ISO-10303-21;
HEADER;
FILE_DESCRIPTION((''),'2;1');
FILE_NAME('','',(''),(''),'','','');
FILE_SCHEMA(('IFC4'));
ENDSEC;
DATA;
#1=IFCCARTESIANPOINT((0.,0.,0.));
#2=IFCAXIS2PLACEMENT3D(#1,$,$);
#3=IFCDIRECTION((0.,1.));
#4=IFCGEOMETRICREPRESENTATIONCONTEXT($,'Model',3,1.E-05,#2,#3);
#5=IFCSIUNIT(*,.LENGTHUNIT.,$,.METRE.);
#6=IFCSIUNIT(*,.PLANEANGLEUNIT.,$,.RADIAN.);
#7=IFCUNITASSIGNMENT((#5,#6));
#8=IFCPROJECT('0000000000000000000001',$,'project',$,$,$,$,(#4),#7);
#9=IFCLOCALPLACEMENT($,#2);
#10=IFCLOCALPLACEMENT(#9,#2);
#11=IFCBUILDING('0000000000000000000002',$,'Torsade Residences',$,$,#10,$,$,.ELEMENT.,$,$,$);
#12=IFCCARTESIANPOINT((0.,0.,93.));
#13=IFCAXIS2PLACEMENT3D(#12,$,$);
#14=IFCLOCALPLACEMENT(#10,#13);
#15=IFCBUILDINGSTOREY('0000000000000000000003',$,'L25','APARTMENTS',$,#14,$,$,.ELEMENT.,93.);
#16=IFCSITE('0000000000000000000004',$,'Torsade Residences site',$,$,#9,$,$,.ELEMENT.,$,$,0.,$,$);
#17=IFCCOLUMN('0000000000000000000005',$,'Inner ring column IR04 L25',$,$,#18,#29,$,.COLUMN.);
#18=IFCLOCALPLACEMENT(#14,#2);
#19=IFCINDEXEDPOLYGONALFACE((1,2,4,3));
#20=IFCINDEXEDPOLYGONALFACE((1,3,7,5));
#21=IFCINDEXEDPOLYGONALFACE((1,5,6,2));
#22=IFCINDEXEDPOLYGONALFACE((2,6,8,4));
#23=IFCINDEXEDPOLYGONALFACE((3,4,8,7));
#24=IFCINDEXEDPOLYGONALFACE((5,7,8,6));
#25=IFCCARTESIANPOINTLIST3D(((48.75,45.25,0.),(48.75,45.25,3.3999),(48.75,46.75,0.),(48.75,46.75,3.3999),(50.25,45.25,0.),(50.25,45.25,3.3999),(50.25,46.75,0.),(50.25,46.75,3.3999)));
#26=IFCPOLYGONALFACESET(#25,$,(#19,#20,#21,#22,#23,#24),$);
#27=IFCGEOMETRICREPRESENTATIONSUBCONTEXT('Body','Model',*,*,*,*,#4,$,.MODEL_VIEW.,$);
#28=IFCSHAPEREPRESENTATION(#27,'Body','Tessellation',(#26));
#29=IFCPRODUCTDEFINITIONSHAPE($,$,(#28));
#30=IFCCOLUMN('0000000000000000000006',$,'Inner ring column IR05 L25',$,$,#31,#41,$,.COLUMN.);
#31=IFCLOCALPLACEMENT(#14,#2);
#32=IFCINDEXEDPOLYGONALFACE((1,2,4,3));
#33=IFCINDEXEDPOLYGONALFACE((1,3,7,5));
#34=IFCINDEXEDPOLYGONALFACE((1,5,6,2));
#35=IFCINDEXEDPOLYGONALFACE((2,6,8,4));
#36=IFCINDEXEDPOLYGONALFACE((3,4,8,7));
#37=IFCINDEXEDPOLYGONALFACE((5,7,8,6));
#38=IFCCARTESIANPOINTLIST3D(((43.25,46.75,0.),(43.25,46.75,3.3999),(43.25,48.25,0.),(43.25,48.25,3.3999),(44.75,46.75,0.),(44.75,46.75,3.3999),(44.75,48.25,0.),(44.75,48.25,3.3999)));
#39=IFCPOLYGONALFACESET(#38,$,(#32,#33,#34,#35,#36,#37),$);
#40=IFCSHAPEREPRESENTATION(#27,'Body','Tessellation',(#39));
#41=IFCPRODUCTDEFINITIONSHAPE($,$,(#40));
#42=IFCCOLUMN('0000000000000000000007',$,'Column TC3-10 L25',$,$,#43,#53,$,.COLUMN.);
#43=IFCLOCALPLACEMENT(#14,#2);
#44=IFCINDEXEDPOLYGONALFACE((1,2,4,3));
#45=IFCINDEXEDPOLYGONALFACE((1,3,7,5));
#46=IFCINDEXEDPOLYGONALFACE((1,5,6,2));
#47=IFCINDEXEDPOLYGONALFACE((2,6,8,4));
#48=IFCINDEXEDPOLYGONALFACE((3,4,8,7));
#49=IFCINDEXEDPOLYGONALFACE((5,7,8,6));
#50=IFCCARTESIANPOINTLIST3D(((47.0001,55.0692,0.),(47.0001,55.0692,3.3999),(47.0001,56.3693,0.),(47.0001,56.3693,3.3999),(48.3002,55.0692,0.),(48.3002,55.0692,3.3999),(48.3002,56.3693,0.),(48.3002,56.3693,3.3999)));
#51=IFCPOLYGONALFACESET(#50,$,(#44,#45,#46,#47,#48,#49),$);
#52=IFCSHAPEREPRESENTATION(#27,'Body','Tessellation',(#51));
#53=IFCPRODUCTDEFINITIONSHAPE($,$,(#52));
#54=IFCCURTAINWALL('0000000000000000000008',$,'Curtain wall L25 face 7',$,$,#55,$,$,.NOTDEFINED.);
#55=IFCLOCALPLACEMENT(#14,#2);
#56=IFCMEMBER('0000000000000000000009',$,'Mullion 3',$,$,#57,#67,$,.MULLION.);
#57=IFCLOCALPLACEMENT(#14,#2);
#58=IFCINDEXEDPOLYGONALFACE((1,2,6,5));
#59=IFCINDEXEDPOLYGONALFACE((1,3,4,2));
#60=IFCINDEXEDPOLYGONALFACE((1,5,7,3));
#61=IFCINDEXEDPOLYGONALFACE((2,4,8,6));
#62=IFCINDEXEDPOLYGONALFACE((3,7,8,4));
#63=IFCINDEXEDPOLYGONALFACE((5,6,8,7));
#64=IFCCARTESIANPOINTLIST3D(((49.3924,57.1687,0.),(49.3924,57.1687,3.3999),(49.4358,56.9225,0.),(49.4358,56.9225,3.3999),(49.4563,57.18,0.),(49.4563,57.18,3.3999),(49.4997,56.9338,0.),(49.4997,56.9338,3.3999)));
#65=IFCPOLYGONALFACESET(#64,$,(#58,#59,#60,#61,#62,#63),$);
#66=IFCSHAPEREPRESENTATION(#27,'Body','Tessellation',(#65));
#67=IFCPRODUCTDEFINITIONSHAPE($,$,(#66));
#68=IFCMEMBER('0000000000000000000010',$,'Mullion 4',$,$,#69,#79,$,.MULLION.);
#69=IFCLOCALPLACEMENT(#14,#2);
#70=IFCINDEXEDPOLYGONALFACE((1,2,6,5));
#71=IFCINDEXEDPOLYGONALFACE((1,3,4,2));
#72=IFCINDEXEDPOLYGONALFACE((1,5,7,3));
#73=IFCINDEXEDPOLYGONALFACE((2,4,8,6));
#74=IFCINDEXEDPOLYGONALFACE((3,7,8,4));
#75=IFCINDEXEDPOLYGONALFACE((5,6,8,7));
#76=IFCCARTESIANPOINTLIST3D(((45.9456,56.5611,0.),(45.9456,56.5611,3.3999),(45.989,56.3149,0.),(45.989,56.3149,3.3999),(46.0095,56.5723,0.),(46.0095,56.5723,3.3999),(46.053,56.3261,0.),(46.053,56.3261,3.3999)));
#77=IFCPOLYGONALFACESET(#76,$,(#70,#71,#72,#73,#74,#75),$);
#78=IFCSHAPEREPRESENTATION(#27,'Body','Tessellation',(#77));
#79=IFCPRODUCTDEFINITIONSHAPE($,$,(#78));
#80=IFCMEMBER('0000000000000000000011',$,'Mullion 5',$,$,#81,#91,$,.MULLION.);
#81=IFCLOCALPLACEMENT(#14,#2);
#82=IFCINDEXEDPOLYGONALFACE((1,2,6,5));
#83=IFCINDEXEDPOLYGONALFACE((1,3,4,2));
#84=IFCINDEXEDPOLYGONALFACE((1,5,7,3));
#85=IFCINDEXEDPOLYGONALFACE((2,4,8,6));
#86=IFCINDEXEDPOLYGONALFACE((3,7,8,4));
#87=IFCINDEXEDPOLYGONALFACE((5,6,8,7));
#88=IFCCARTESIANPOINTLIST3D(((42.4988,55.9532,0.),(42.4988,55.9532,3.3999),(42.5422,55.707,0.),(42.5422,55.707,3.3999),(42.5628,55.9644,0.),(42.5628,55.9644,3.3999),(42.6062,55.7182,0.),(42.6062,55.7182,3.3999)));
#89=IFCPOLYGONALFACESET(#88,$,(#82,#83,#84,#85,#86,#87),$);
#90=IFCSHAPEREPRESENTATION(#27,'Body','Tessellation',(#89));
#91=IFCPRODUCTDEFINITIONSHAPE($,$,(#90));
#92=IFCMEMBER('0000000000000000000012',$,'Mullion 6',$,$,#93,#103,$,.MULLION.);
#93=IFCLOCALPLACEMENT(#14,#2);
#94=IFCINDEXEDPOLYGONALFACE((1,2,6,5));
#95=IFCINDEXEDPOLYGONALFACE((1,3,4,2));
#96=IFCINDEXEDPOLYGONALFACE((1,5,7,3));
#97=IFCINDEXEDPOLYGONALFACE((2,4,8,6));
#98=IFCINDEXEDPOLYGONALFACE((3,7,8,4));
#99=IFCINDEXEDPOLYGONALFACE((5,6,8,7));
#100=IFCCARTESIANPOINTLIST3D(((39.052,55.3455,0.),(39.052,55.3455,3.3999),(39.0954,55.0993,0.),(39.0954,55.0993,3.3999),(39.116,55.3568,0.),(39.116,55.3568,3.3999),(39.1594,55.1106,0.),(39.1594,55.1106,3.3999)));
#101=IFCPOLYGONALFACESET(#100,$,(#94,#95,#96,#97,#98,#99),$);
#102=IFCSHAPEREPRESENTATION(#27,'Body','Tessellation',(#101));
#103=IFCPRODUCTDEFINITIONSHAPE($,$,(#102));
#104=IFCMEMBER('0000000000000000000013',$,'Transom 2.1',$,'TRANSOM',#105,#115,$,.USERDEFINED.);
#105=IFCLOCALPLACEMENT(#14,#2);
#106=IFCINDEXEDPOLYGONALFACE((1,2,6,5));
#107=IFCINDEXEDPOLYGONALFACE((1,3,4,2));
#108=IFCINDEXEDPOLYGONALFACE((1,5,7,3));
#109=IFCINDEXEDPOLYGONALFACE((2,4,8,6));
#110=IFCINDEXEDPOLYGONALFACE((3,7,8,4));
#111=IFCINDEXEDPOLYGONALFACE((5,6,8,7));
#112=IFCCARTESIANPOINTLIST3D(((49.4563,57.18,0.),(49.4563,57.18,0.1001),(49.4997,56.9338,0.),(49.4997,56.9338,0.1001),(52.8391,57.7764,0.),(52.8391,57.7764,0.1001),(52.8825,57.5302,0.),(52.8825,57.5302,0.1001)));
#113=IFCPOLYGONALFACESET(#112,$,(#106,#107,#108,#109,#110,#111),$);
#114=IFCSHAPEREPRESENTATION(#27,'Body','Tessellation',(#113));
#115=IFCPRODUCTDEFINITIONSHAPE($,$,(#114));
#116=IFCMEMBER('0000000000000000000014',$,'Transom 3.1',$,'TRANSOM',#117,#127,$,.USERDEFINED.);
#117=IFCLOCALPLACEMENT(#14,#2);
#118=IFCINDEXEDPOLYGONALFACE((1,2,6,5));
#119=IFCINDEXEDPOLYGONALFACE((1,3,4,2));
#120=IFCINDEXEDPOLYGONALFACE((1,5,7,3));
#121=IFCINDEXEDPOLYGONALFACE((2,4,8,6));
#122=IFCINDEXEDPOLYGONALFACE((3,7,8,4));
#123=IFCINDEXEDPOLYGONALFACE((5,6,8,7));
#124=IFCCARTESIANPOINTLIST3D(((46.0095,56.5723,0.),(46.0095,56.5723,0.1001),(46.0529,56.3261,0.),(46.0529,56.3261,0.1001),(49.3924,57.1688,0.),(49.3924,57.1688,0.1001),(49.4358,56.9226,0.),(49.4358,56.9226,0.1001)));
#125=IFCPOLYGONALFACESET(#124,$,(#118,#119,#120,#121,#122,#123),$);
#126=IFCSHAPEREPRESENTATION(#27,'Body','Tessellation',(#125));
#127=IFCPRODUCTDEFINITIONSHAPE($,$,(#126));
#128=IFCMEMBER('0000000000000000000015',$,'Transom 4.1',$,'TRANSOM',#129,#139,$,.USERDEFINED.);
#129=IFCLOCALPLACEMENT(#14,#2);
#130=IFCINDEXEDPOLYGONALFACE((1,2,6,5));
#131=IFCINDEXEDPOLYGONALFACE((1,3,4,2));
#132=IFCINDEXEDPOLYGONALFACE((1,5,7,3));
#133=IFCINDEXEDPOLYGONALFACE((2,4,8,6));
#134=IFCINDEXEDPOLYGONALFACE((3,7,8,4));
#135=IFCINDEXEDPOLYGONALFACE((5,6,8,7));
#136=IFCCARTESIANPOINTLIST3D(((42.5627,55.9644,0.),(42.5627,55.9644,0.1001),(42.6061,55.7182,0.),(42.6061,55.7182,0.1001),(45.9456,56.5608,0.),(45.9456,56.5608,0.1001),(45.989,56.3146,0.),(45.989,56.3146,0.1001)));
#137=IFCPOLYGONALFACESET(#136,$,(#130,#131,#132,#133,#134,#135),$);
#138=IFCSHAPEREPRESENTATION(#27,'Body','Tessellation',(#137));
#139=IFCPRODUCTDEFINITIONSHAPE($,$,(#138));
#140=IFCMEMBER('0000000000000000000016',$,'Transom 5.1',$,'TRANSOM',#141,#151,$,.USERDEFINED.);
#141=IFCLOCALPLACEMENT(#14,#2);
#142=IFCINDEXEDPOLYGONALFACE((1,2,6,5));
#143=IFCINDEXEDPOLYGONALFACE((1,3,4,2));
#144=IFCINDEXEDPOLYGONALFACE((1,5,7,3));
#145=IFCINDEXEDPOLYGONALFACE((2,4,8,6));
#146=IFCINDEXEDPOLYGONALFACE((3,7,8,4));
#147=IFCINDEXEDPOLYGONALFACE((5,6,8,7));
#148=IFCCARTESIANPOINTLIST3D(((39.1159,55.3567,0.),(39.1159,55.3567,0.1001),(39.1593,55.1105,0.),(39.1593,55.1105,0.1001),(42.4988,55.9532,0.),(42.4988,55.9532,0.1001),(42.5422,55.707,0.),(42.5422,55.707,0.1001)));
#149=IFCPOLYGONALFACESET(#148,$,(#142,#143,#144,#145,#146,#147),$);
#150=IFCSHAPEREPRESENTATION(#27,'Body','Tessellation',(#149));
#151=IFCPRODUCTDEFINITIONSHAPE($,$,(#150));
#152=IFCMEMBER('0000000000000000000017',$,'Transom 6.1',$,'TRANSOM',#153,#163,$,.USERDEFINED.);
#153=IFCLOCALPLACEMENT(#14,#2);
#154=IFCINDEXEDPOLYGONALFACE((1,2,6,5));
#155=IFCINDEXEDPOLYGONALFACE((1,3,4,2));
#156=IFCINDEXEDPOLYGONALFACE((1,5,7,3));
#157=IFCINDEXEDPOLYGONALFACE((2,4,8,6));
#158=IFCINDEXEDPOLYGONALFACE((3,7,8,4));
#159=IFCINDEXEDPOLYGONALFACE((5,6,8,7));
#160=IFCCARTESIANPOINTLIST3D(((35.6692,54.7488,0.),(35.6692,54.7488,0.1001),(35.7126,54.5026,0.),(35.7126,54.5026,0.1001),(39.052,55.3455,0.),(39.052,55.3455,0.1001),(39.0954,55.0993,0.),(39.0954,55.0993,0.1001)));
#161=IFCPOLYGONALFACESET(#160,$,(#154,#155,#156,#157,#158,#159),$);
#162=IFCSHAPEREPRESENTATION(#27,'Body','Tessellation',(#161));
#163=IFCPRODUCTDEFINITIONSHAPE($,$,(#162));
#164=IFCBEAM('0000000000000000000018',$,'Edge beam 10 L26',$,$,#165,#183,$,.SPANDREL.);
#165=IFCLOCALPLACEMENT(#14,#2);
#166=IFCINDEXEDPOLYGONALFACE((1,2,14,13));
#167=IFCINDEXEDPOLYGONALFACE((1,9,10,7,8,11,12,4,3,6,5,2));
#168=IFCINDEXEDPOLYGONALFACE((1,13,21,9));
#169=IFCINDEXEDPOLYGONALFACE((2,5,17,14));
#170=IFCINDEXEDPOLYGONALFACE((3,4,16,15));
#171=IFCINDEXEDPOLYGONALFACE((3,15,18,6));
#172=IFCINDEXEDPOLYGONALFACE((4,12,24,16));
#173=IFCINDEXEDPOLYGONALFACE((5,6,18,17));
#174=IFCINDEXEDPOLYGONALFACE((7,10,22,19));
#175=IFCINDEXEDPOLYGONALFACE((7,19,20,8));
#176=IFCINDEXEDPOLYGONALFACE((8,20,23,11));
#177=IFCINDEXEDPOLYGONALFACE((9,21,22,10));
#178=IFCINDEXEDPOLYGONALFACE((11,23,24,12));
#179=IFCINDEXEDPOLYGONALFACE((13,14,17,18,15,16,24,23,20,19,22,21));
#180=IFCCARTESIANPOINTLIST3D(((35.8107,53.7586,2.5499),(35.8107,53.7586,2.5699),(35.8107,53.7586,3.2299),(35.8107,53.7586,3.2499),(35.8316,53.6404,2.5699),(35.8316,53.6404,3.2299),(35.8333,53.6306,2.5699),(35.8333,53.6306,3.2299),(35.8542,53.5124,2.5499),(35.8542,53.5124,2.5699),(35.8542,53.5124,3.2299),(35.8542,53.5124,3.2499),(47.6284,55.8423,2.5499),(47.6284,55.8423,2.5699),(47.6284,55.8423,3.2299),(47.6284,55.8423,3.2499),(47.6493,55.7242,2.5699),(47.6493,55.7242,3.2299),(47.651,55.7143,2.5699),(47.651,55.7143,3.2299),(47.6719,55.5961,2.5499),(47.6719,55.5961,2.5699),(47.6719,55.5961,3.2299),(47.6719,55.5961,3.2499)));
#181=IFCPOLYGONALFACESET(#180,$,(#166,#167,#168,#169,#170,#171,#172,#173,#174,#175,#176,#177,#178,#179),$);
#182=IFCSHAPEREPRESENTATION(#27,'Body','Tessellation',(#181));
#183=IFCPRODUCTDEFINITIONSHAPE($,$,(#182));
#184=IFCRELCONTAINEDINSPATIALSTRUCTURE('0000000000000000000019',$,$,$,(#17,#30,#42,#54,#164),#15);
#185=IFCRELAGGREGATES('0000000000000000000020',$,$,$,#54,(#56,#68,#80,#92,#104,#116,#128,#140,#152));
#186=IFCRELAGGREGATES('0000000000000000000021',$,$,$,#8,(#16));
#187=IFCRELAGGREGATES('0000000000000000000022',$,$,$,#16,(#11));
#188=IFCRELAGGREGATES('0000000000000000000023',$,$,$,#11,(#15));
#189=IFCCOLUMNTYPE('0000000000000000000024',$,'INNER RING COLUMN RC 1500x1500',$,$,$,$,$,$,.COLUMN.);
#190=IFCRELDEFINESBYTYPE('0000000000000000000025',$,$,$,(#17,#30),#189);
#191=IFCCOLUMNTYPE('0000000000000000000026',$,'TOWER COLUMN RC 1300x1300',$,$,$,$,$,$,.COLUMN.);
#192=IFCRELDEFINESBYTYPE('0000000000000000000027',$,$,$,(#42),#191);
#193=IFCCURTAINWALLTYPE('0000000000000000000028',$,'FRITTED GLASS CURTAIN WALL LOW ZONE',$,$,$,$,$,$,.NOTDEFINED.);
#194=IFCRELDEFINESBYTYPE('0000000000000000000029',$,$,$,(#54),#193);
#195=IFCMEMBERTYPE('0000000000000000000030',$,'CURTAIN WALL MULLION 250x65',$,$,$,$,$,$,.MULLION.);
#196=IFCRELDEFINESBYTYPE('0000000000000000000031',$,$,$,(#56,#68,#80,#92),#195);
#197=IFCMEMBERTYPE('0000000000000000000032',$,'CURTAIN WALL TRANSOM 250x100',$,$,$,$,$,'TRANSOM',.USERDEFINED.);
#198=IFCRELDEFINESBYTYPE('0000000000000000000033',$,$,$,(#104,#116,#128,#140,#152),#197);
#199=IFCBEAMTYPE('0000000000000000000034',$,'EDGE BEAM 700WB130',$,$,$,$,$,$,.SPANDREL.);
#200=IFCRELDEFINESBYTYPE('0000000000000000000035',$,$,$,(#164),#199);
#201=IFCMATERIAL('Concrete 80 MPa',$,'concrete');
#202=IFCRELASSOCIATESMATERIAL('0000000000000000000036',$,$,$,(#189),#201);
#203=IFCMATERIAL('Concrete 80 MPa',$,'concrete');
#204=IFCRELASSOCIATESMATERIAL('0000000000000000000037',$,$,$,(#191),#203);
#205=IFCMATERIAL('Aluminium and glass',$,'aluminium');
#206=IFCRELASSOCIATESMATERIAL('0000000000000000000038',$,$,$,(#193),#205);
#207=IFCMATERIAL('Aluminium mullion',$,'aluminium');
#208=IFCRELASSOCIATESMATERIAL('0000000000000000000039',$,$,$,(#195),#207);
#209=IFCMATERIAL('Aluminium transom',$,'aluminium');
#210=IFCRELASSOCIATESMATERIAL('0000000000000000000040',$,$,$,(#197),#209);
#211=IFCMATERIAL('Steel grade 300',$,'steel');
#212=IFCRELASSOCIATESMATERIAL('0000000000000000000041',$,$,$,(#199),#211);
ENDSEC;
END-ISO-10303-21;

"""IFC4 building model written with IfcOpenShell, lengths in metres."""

from ifc_helpers import new_model, si_unit, direction, frame, origin, origin_2d, place, context, subcontext, project, spatial, rectangle, i_section, extrude, material, material_profile, profile_set, type_object, element, aggregate, save


model = new_model("IFC4")

# Units and contexts
model_context = context("Model", 3, precision=1e-05, world=origin(), true_north=direction((0.0, 1.0)))
body_context = subcontext(model_context, "Body", "Model", "MODEL_VIEW")
ifc_project = project(units=[si_unit("LENGTHUNIT", "METRE"), si_unit("PLANEANGLEUNIT", "RADIAN")], contexts=[model_context])

# Site, building, storey
site_placement = place(None, origin())
site = spatial("IfcSite", under=ifc_project, at=site_placement, Name="Torsade Residences site", CompositionType="ELEMENT", RefElevation=0.0)
building_placement = place(site_placement, origin())
building = spatial("IfcBuilding", under=site, at=building_placement, Name="Torsade Residences", CompositionType="ELEMENT")
storey_placement = place(building_placement, frame((0.0, 0.0, 93.0)))
storey = spatial("IfcBuildingStorey", under=building, at=storey_placement, Name="L25", Description="APARTMENTS", CompositionType="ELEMENT", Elevation=93.0)

# Columns
ifc_material_1 = material(Name="Concrete 80 MPa", Category="concrete")
ifc_material_profile_1 = material_profile(ifc_material_1, rectangle(XDim=1.5, YDim=1.5, at=origin_2d()), Name="RC 1500x1500")
ifc_profile_set_1 = profile_set([ifc_material_profile_1], Name="Concrete 80 MPa")
column_type_1 = type_object("IfcColumnType", Name="INNER RING COLUMN RC 1500x1500", PredefinedType="COLUMN", material=ifc_profile_set_1)
for number, where, z_axis, x_axis, name in (
    (1, (49.5, 46.0, 0.0), (0.0, 0.0, 1.0), (1.0, 0.0, 0.0), "Inner ring column IR04 L25"),
    (2, (44.0, 47.5, 0.0), (0.0, 0.0, 1.0), (1.0, 0.0, 0.0), "Inner ring column IR05 L25"),
):
    element("IfcColumn", number, at=place(storey_placement, frame(where, z_axis=z_axis, x_axis=x_axis)), inside=storey, type_object=column_type_1, Name=name, PredefinedType="COLUMN", context=body_context, shape_type="SweptSolid", body=[
        extrude(rectangle(XDim=1.5, YDim=1.5, at=origin_2d()), origin(), (0.0, 0.0, 1.0), 3.3999),
    ])
ifc_material_2 = material(Name="Concrete 80 MPa", Category="concrete")
ifc_material_profile_2 = material_profile(ifc_material_2, rectangle(XDim=1.3, YDim=1.3, at=origin_2d()), Name="RC 1300x1300")
ifc_profile_set_2 = profile_set([ifc_material_profile_2], Name="Concrete 80 MPa")
column_type_2 = type_object("IfcColumnType", Name="TOWER COLUMN RC 1300x1300", PredefinedType="COLUMN", material=ifc_profile_set_2)
column_placement = place(storey_placement, frame((47.6501, 55.7192, 0.0), z_axis=(0.0, 0.0, 1.0), x_axis=(1.0, 0.0, 0.0)))
element("IfcColumn", 3, at=column_placement, inside=storey, type_object=column_type_2, Name="Column TC3-10 L25", PredefinedType="COLUMN", context=body_context, shape_type="SweptSolid", body=[
    extrude(rectangle(XDim=1.3, YDim=1.3, at=origin_2d()), origin(), (0.0, 0.0, 1.0), 3.3999),
])

# Curtain wall, members
ifc_material_3 = material(Name="Aluminium and glass", Category="aluminium")
curtain_wall_type = type_object("IfcCurtainWallType", Name="FRITTED GLASS CURTAIN WALL LOW ZONE", PredefinedType="NOTDEFINED", material=ifc_material_3)
curtain_wall_placement = place(storey_placement, origin())
curtain_wall = element("IfcCurtainWall", 4, at=curtain_wall_placement, inside=storey, type_object=curtain_wall_type, Name="Curtain wall L25 face 7", PredefinedType="NOTDEFINED")
ifc_material_4 = material(Name="Aluminium mullion", Category="aluminium")
ifc_material_profile_3 = material_profile(ifc_material_4, rectangle(XDim=0.25, YDim=0.0649, at=origin_2d()), Name="CURTAIN WALL MULLION 250x65")
ifc_profile_set_3 = profile_set([ifc_material_profile_3], Name="Aluminium mullion")
member_type_1 = type_object("IfcMemberType", Name="CURTAIN WALL MULLION 250x65", PredefinedType="MULLION", material=ifc_profile_set_3)
member_1_placement = place(storey_placement, frame((49.446, 57.0513, 0.0), z_axis=(0.0, 0.0, 1.0), x_axis=(0.173648, -0.984808, 0.0)))
member_1 = element("IfcMember", 5, at=member_1_placement, type_object=member_type_1, Name="Mullion 3", PredefinedType="MULLION", context=body_context, shape_type="SweptSolid", body=[
    extrude(rectangle(XDim=0.25, YDim=0.0649, at=origin_2d()), origin(), (0.0, 0.0, 1.0), 3.3999),
])
member_2_placement = place(storey_placement, frame((45.9993, 56.4436, 0.0), z_axis=(0.0, 0.0, 1.0), x_axis=(0.173648, -0.984808, 0.0)))
member_2 = element("IfcMember", 6, at=member_2_placement, type_object=member_type_1, Name="Mullion 4", PredefinedType="MULLION", context=body_context, shape_type="SweptSolid", body=[
    extrude(rectangle(XDim=0.25, YDim=0.0649, at=origin_2d()), origin(), (0.0, 0.0, 1.0), 3.3999),
])
member_3_placement = place(storey_placement, frame((42.5525, 55.8357, 0.0), z_axis=(0.0, 0.0, 1.0), x_axis=(0.173648, -0.984808, 0.0)))
member_3 = element("IfcMember", 7, at=member_3_placement, type_object=member_type_1, Name="Mullion 5", PredefinedType="MULLION", context=body_context, shape_type="SweptSolid", body=[
    extrude(rectangle(XDim=0.25, YDim=0.0649, at=origin_2d()), origin(), (0.0, 0.0, 1.0), 3.3999),
])
member_4_placement = place(storey_placement, frame((39.1057, 55.228, 0.0), z_axis=(0.0, 0.0, 1.0), x_axis=(0.173648, -0.984808, 0.0)))
member_4 = element("IfcMember", 8, at=member_4_placement, type_object=member_type_1, Name="Mullion 6", PredefinedType="MULLION", context=body_context, shape_type="SweptSolid", body=[
    extrude(rectangle(XDim=0.25, YDim=0.0649, at=origin_2d()), origin(), (0.0, 0.0, 1.0), 3.3999),
])
ifc_material_5 = material(Name="Aluminium transom", Category="aluminium")
ifc_material_profile_4 = material_profile(ifc_material_5, rectangle(XDim=0.25, YDim=0.1001, at=origin_2d()), Name="CURTAIN WALL TRANSOM 250x100")
ifc_profile_set_4 = profile_set([ifc_material_profile_4], Name="Aluminium transom")
member_type_2 = type_object("IfcMemberType", Name="CURTAIN WALL TRANSOM 250x100", ElementType="TRANSOM", PredefinedType="USERDEFINED", material=ifc_profile_set_4)
member_5_placement = place(storey_placement, frame((52.8608, 57.6533, 0.05), z_axis=(-0.98481, -0.173635, 0.0), x_axis=(0.173635, -0.98481, 0.0)))
member_5 = element("IfcMember", 9, at=member_5_placement, type_object=member_type_2, Name="Transom 2.1", ObjectType="TRANSOM", PredefinedType="USERDEFINED", context=body_context, shape_type="SweptSolid", body=[
    extrude(rectangle(XDim=0.25, YDim=0.1001, at=origin_2d()), origin(), (0.0, 0.0, 1.0), 3.4351),
])
member_6_placement = place(storey_placement, frame((49.4141, 57.0457, 0.05), z_axis=(-0.98481, -0.173635, 0.0), x_axis=(0.173635, -0.98481, 0.0)))
member_6 = element("IfcMember", 10, at=member_6_placement, type_object=member_type_2, Name="Transom 3.1", ObjectType="TRANSOM", PredefinedType="USERDEFINED", context=body_context, shape_type="SweptSolid", body=[
    extrude(rectangle(XDim=0.25, YDim=0.1001, at=origin_2d()), origin(), (0.0, 0.0, 1.0), 3.4351),
])
member_7_placement = place(storey_placement, frame((45.9673, 56.4377, 0.05), z_axis=(-0.98481, -0.173635, 0.0), x_axis=(0.173635, -0.98481, 0.0)))
member_7 = element("IfcMember", 11, at=member_7_placement, type_object=member_type_2, Name="Transom 4.1", ObjectType="TRANSOM", PredefinedType="USERDEFINED", context=body_context, shape_type="SweptSolid", body=[
    extrude(rectangle(XDim=0.25, YDim=0.1001, at=origin_2d()), origin(), (0.0, 0.0, 1.0), 3.4351),
])
member_8_placement = place(storey_placement, frame((42.5205, 55.8301, 0.05), z_axis=(-0.98481, -0.173635, 0.0), x_axis=(0.173635, -0.98481, 0.0)))
member_8 = element("IfcMember", 12, at=member_8_placement, type_object=member_type_2, Name="Transom 5.1", ObjectType="TRANSOM", PredefinedType="USERDEFINED", context=body_context, shape_type="SweptSolid", body=[
    extrude(rectangle(XDim=0.25, YDim=0.1001, at=origin_2d()), origin(), (0.0, 0.0, 1.0), 3.4351),
])
member_9_placement = place(storey_placement, frame((39.0737, 55.2224, 0.05), z_axis=(-0.984798, -0.173704, 0.0), x_axis=(0.173704, -0.984798, 0.0)))
member_9 = element("IfcMember", 13, at=member_9_placement, type_object=member_type_2, Name="Transom 6.1", ObjectType="TRANSOM", PredefinedType="USERDEFINED", context=body_context, shape_type="SweptSolid", body=[
    extrude(rectangle(XDim=0.25, YDim=0.1001, at=origin_2d()), origin(), (0.0, 0.0, 1.0), 3.4351),
])

# Beam
ifc_material_6 = material(Name="Steel grade 300", Category="steel")
ifc_material_profile_5 = material_profile(ifc_material_6, i_section(OverallWidth=0.25, OverallDepth=0.7, WebThickness=0.01, FlangeThickness=0.02, at=origin_2d()), Name="700WB130")
ifc_profile_set_5 = profile_set([ifc_material_profile_5], Name="Steel grade 300")
beam_type_1 = type_object("IfcBeamType", Name="EDGE BEAM 700WB130", PredefinedType="SPANDREL", material=ifc_profile_set_5)
beam_1_placement = place(storey_placement, frame((47.6501, 55.7192, 2.8999), z_axis=(-0.984808, -0.173646, 0.0), x_axis=(0.173646, -0.984808, 0.0)))
element("IfcBeam", 14, at=beam_1_placement, inside=storey, type_object=beam_type_1, Name="Edge beam 10 L26", PredefinedType="SPANDREL", context=body_context, shape_type="SweptSolid", body=[
    extrude(i_section(OverallWidth=0.25, OverallDepth=0.7, WebThickness=0.01, FlangeThickness=0.02, at=origin_2d()), origin(), (0.0, 0.0, 1.0), 12.0),
])

aggregate(curtain_wall, [member_1, member_2, member_3, member_4, member_5, member_6, member_7, member_8, member_9])

save(model, "model.ifc")
